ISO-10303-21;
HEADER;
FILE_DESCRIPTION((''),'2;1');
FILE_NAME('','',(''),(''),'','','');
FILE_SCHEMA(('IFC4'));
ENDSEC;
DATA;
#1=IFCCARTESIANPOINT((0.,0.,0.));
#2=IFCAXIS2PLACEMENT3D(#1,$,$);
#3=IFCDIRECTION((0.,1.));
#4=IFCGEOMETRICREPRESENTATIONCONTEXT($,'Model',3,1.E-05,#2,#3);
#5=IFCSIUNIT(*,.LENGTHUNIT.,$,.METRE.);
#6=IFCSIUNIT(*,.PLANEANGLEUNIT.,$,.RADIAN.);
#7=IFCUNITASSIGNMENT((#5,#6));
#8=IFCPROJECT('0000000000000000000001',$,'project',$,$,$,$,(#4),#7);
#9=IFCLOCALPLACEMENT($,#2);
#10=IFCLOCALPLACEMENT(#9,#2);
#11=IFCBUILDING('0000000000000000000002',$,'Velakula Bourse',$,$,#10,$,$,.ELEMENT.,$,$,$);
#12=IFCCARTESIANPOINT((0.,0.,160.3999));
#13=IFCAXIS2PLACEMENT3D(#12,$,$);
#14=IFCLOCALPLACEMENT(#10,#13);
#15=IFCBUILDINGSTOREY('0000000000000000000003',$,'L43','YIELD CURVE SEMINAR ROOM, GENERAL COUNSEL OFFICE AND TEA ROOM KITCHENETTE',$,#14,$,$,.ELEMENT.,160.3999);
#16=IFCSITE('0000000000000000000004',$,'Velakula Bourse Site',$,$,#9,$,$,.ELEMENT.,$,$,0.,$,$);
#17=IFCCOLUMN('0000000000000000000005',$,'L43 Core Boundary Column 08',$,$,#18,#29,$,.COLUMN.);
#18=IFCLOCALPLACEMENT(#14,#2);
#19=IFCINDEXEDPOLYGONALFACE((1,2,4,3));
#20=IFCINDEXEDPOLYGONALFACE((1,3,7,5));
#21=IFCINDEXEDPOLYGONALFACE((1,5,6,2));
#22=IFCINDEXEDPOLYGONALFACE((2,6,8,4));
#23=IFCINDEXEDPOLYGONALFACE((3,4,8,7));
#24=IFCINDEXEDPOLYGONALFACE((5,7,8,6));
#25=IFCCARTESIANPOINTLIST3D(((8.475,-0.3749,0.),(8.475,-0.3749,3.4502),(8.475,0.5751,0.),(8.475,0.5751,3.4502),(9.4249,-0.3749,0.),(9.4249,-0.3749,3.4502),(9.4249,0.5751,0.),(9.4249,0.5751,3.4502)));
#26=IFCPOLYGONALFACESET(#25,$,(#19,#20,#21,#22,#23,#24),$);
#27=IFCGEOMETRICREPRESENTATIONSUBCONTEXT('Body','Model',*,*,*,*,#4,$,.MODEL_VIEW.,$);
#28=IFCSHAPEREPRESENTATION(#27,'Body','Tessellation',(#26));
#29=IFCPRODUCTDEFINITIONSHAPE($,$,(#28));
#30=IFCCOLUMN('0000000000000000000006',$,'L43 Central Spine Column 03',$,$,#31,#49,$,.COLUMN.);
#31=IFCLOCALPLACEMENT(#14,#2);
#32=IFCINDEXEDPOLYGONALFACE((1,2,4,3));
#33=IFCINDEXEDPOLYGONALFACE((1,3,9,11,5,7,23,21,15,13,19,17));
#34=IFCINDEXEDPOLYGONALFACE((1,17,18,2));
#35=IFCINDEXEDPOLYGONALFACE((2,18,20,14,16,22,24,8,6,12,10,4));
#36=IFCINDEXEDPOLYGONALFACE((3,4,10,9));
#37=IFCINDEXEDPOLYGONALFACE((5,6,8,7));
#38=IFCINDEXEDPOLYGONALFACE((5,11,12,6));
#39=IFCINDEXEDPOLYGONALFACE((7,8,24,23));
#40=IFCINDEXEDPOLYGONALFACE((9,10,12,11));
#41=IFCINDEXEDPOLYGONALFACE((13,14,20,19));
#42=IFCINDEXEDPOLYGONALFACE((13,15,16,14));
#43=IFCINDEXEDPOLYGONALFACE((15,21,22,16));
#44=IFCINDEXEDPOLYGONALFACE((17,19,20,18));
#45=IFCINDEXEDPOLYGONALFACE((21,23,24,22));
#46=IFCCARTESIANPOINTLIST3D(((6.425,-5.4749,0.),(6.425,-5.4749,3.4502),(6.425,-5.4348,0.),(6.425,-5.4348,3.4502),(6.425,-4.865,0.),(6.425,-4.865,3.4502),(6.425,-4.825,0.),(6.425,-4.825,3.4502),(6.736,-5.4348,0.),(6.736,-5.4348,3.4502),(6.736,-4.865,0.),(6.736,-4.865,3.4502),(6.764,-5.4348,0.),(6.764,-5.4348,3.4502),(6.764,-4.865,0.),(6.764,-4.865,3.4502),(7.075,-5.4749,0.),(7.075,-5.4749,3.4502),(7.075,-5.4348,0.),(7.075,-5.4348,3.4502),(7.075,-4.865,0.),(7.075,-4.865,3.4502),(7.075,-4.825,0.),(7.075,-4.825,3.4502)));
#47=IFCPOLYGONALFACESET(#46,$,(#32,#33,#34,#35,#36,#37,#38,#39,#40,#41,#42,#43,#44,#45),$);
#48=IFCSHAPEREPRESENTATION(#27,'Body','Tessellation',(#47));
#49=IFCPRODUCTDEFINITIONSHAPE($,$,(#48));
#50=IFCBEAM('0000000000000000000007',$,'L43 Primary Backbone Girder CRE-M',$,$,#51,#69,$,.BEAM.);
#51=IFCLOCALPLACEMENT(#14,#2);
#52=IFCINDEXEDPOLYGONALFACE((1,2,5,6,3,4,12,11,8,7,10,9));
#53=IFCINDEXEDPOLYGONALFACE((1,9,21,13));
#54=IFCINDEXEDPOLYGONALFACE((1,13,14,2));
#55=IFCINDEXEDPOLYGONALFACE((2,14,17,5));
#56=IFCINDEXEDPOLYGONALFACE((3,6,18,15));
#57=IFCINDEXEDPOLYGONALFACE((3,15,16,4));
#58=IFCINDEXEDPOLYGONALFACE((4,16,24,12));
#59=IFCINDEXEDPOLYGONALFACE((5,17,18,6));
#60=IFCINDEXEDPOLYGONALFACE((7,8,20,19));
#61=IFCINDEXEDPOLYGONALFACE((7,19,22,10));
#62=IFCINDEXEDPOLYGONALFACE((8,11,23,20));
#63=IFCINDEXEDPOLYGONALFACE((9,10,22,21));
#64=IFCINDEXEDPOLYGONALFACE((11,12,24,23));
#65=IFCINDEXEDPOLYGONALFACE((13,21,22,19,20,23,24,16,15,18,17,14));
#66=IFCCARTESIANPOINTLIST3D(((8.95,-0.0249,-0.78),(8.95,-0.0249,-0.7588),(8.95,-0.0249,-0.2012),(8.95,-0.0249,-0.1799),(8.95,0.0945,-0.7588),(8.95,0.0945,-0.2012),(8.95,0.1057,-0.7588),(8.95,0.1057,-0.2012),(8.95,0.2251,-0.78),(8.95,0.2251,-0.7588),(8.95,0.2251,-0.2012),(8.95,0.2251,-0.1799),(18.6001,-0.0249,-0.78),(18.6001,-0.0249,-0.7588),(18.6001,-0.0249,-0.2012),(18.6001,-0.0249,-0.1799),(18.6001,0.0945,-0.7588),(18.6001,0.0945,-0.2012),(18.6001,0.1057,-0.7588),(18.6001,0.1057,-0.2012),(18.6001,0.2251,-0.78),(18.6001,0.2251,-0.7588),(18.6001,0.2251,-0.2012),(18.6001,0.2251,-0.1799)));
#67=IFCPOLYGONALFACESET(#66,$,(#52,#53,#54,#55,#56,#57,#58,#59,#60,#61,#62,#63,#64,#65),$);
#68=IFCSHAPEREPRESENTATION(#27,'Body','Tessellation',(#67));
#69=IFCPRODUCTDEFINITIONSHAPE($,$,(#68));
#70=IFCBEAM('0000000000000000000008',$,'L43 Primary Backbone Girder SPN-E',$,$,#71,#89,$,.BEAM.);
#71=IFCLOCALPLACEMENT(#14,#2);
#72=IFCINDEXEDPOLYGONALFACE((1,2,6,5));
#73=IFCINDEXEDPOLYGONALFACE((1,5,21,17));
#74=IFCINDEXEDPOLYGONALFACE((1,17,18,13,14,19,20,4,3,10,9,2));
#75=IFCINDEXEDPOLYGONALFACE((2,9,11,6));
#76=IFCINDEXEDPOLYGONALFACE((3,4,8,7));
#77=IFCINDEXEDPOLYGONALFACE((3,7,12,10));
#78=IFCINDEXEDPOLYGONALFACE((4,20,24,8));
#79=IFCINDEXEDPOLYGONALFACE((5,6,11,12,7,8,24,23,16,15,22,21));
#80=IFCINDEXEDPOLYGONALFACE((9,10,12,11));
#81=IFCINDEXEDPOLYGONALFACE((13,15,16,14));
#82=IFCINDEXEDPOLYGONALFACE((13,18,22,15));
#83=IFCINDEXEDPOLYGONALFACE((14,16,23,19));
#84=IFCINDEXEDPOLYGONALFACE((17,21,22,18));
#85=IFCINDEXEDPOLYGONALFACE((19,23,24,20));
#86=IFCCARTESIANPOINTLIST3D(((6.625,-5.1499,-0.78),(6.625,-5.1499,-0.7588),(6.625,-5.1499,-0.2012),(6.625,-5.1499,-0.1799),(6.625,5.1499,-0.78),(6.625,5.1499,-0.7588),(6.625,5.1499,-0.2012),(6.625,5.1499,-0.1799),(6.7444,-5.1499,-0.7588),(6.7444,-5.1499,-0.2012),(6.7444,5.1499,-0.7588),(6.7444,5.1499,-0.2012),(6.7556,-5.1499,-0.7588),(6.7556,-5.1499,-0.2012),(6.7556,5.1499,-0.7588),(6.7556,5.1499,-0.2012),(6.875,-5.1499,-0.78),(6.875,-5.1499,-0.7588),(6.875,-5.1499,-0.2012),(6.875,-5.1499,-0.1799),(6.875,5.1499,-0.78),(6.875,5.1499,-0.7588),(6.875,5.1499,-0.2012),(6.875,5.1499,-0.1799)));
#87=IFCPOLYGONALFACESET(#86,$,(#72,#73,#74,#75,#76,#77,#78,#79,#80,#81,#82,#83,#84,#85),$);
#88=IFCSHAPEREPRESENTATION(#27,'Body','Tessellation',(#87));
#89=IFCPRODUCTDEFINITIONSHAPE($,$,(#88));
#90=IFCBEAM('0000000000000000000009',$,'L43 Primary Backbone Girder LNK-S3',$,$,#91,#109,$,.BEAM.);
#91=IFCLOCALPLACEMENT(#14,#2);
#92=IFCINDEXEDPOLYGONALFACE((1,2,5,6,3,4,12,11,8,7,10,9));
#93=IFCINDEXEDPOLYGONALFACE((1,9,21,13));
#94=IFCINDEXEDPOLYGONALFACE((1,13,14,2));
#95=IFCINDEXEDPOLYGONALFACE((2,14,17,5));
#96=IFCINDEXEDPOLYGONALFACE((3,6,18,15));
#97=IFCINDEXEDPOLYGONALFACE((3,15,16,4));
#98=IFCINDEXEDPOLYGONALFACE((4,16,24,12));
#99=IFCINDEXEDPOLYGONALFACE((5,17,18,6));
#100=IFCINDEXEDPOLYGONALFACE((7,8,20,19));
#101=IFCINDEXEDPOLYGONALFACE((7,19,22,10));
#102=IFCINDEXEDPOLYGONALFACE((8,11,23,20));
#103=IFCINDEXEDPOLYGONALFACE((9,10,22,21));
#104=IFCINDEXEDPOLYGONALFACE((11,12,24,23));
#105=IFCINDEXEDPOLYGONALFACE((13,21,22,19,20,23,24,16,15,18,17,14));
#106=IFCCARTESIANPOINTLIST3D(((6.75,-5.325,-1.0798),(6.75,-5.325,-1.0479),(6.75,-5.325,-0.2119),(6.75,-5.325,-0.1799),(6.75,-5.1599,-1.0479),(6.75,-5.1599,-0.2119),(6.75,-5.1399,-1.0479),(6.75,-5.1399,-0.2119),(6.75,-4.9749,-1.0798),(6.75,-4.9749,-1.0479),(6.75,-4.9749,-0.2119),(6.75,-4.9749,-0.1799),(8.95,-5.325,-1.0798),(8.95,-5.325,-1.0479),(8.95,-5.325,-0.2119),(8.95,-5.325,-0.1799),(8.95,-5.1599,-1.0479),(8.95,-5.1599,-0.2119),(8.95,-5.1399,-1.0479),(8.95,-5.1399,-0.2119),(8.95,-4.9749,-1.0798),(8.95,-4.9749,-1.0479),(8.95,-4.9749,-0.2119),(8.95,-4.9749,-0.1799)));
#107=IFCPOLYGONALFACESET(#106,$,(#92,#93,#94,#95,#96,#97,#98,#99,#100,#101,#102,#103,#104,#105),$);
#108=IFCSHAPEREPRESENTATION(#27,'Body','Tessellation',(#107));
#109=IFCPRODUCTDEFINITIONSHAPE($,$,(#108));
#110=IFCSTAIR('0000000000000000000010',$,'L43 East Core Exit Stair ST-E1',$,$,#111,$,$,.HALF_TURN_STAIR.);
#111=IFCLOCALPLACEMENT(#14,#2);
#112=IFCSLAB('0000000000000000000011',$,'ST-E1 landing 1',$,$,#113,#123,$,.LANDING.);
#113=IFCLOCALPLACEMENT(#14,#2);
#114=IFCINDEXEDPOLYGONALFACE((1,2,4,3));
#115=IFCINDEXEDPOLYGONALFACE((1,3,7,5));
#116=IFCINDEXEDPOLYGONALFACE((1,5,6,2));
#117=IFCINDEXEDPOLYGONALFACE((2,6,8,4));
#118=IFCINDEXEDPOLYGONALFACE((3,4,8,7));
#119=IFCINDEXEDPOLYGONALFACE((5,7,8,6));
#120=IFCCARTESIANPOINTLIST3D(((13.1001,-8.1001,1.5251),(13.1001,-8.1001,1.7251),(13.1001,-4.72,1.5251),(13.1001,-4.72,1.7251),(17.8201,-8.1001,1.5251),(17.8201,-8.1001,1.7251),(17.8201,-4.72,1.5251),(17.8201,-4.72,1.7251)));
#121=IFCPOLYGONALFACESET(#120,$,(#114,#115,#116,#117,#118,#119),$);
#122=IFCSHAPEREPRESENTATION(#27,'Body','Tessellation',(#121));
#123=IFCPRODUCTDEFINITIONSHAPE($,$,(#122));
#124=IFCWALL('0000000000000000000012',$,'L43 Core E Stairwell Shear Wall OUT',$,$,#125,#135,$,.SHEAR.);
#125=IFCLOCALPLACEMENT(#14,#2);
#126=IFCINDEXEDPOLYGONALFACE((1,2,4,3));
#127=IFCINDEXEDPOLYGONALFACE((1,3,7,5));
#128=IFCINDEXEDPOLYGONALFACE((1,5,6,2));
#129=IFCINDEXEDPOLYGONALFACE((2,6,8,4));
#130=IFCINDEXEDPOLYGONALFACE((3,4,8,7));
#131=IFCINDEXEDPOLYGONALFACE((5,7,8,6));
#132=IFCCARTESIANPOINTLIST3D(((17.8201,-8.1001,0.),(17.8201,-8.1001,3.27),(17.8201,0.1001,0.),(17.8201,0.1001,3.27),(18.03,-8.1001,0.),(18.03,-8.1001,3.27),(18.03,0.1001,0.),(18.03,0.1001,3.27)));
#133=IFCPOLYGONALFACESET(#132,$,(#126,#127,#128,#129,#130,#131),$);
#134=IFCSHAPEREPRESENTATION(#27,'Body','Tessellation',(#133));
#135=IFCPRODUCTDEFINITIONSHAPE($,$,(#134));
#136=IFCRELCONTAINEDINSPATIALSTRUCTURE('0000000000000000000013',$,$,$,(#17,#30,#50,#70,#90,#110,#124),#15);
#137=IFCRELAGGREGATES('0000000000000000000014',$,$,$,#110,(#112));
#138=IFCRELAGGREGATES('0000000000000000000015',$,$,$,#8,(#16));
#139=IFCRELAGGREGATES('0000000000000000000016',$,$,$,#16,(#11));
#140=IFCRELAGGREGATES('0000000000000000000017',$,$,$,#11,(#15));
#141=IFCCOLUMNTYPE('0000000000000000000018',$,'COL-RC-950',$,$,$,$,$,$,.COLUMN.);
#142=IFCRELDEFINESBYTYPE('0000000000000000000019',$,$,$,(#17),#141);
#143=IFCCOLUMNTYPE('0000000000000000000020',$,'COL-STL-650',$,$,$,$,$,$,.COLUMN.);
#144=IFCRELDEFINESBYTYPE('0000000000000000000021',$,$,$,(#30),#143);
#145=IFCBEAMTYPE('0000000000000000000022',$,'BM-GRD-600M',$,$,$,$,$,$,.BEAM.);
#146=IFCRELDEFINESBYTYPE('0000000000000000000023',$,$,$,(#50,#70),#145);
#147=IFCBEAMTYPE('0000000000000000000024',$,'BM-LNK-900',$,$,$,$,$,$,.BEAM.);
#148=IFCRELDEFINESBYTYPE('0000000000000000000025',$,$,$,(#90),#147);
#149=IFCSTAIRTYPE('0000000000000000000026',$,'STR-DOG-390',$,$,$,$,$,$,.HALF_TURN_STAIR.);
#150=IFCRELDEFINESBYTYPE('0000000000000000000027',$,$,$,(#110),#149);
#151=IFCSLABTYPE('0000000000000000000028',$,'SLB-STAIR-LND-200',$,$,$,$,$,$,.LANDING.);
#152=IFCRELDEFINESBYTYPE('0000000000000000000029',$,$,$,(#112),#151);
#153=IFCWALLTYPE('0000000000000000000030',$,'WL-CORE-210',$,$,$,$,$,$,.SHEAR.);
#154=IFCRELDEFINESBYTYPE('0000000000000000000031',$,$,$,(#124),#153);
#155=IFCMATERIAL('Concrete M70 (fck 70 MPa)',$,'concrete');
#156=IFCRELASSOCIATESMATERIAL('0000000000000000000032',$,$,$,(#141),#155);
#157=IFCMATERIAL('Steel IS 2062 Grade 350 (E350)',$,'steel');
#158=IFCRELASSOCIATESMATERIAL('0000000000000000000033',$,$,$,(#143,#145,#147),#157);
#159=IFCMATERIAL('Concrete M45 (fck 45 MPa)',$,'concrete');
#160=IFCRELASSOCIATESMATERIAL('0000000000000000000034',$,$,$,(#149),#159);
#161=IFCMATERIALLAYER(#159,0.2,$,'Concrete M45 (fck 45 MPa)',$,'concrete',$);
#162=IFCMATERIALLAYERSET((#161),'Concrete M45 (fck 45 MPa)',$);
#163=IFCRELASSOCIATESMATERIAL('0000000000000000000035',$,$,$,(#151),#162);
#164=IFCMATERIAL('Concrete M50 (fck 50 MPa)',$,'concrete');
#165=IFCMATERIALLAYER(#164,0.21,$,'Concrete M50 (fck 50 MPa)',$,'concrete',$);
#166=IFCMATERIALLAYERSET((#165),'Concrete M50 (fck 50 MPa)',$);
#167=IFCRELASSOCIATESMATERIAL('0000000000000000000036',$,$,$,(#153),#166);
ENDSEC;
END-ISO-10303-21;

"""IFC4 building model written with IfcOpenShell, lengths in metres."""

from ifc_helpers import new_model, si_unit, direction, frame, frame_2d, origin, origin_2d, place, context, subcontext, project, spatial, polyline, rectangle, i_section, outline, extrude, material, layer, layer_set, material_profile, profile_set, type_object, element, aggregate, save


model = new_model("IFC4")

# Units and contexts
model_context = context("Model", 3, precision=1e-05, world=origin(), true_north=direction((0.0, 1.0)))
body_context = subcontext(model_context, "Body", "Model", "MODEL_VIEW")
ifc_project = project(units=[si_unit("LENGTHUNIT", "METRE"), si_unit("PLANEANGLEUNIT", "RADIAN")], contexts=[model_context])

# Site, building, storey
site_placement = place(None, origin())
site = spatial("IfcSite", under=ifc_project, at=site_placement, Name="Velakula Bourse Site", CompositionType="ELEMENT", RefElevation=0.0)
building_placement = place(site_placement, origin())
building = spatial("IfcBuilding", under=site, at=building_placement, Name="Velakula Bourse", CompositionType="ELEMENT")
storey_placement = place(building_placement, frame((0.0, 0.0, 160.3999)))
storey = spatial("IfcBuildingStorey", under=building, at=storey_placement, Name="L43", Description="YIELD CURVE SEMINAR ROOM, GENERAL COUNSEL OFFICE AND TEA ROOM KITCHENETTE", CompositionType="ELEMENT", Elevation=160.3999)

# Columns
ifc_material_1 = material(Name="Concrete M70 (fck 70 MPa)", Category="concrete")
ifc_material_profile_1 = material_profile(ifc_material_1, rectangle(XDim=0.95, YDim=0.95, at=origin_2d()), Name="Concrete M70 (fck 70 MPa)")
ifc_profile_set_1 = profile_set([ifc_material_profile_1], Name="Concrete M70 (fck 70 MPa)")
column_type_1 = type_object("IfcColumnType", Name="COL-RC-950", PredefinedType="COLUMN", material=ifc_profile_set_1)
column_1_placement = place(storey_placement, frame((8.95, 0.1001, 0.0), z_axis=(0.0, 0.0, 1.0), x_axis=(1.0, 0.0, 0.0)))
element("IfcColumn", 1, at=column_1_placement, inside=storey, type_object=column_type_1, Name="L43 Core Boundary Column 08", PredefinedType="COLUMN", context=body_context, shape_type="SweptSolid", body=[
    extrude(rectangle(XDim=0.95, YDim=0.95, at=origin_2d()), origin(), (0.0, 0.0, 1.0), 3.4502),
])
ifc_material_2 = material(Name="Steel IS 2062 Grade 350 (E350)", Category="steel")
ifc_material_profile_2 = material_profile(ifc_material_2, i_section(OverallWidth=0.6499, OverallDepth=0.6499, WebThickness=0.0281, FlangeThickness=0.04, at=origin_2d()), Name="Steel IS 2062 Grade 350 (E350)")
ifc_profile_set_2 = profile_set([ifc_material_profile_2], Name="Steel IS 2062 Grade 350 (E350)")
column_type_2 = type_object("IfcColumnType", Name="COL-STL-650", PredefinedType="COLUMN", material=ifc_profile_set_2)
column_2_placement = place(storey_placement, frame((6.75, -5.1499, 0.0), z_axis=(0.0, 0.0, 1.0), x_axis=(1.0, 0.0, 0.0)))
element("IfcColumn", 2, at=column_2_placement, inside=storey, type_object=column_type_2, Name="L43 Central Spine Column 03", PredefinedType="COLUMN", context=body_context, shape_type="SweptSolid", body=[
    extrude(i_section(OverallWidth=0.6499, OverallDepth=0.6499, WebThickness=0.0281, FlangeThickness=0.04, at=origin_2d()), origin(), (0.0, 0.0, 1.0), 3.4502),
])

# Beams
ifc_material_profile_3 = material_profile(ifc_material_2, i_section(OverallWidth=0.25, OverallDepth=0.6001, WebThickness=0.0112, FlangeThickness=0.0212, at=origin_2d()), Name="Steel IS 2062 Grade 350 (E350)")
ifc_profile_set_3 = profile_set([ifc_material_profile_3], Name="Steel IS 2062 Grade 350 (E350)")
beam_type_1 = type_object("IfcBeamType", Name="BM-GRD-600M", PredefinedType="BEAM", material=ifc_profile_set_3)
beam_1_placement = place(storey_placement, frame((8.95, 0.1001, -0.48), z_axis=(1.0, 0.0, 0.0), x_axis=(0.0, 1.0, 0.0)))
element("IfcBeam", 3, at=beam_1_placement, inside=storey, type_object=beam_type_1, Name="L43 Primary Backbone Girder CRE-M", PredefinedType="BEAM", context=body_context, shape_type="SweptSolid", body=[
    extrude(i_section(OverallWidth=0.25, OverallDepth=0.6001, WebThickness=0.0112, FlangeThickness=0.0212, at=origin_2d()), origin(), (0.0, 0.0, 1.0), 9.6501),
])
beam_2_placement = place(storey_placement, frame((6.75, -5.1499, -0.48), z_axis=(0.0, 1.0, 0.0), x_axis=(-1.0, 0.0, 0.0)))
element("IfcBeam", 4, at=beam_2_placement, inside=storey, type_object=beam_type_1, Name="L43 Primary Backbone Girder SPN-E", PredefinedType="BEAM", context=body_context, shape_type="SweptSolid", body=[
    extrude(i_section(OverallWidth=0.25, OverallDepth=0.6001, WebThickness=0.0112, FlangeThickness=0.0212, at=origin_2d()), origin(), (0.0, 0.0, 1.0), 10.2998),
])
ifc_material_profile_4 = material_profile(ifc_material_2, i_section(OverallWidth=0.3501, OverallDepth=0.8999, WebThickness=0.02, FlangeThickness=0.032, at=origin_2d()), Name="Steel IS 2062 Grade 350 (E350)")
ifc_profile_set_4 = profile_set([ifc_material_profile_4], Name="Steel IS 2062 Grade 350 (E350)")
beam_type_2 = type_object("IfcBeamType", Name="BM-LNK-900", PredefinedType="BEAM", material=ifc_profile_set_4)
beam_3_placement = place(storey_placement, frame((6.75, -5.1499, -0.6299), z_axis=(1.0, 0.0, 0.0), x_axis=(0.0, 1.0, 0.0)))
element("IfcBeam", 5, at=beam_3_placement, inside=storey, type_object=beam_type_2, Name="L43 Primary Backbone Girder LNK-S3", PredefinedType="BEAM", context=body_context, shape_type="SweptSolid", body=[
    extrude(i_section(OverallWidth=0.3501, OverallDepth=0.8999, WebThickness=0.02, FlangeThickness=0.032, at=origin_2d()), origin(), (0.0, 0.0, 1.0), 2.2),
])

# Stair, slab
ifc_material_3 = material(Name="Concrete M45 (fck 45 MPa)", Category="concrete")
stair_type = type_object("IfcStairType", Name="STR-DOG-390", PredefinedType="HALF_TURN_STAIR", material=ifc_material_3)
stair_placement = place(storey_placement, origin())
stair = element("IfcStair", 6, at=stair_placement, inside=storey, type_object=stair_type, Name="L43 East Core Exit Stair ST-E1", PredefinedType="HALF_TURN_STAIR")
ifc_layer_1 = layer(ifc_material_3, 0.2, Name="Concrete M45 (fck 45 MPa)", Category="concrete")
ifc_layer_set_1 = layer_set([ifc_layer_1], Name="Concrete M45 (fck 45 MPa)")
slab_type = type_object("IfcSlabType", Name="SLB-STAIR-LND-200", PredefinedType="LANDING", material=ifc_layer_set_1)
slab_placement = place(storey_placement, frame((0.0, 0.0, 1.5251)))
slab = element("IfcSlab", 7, at=slab_placement, type_object=slab_type, Name="ST-E1 landing 1", PredefinedType="LANDING", context=body_context, shape_type="SweptSolid", body=[
    extrude(outline(polyline([(13.1001, -4.72), (13.1001, -8.1001), (17.8201, -8.1001), (17.8201, -4.72), (13.1001, -4.72)])), origin(), (0.0, 0.0, 1.0), 0.2),
])

# Wall
ifc_material_4 = material(Name="Concrete M50 (fck 50 MPa)", Category="concrete")
ifc_layer_2 = layer(ifc_material_4, 0.21, Name="Concrete M50 (fck 50 MPa)", Category="concrete")
ifc_layer_set_2 = layer_set([ifc_layer_2], Name="Concrete M50 (fck 50 MPa)")
wall_type_1 = type_object("IfcWallType", Name="WL-CORE-210", PredefinedType="SHEAR", material=ifc_layer_set_2)
wall_1_placement = place(storey_placement, frame((17.925, -8.1001, 0.0), z_axis=(0.0, 0.0, 1.0), x_axis=(0.0, 1.0, 0.0)))
element("IfcWall", 8, at=wall_1_placement, inside=storey, type_object=wall_type_1, Name="L43 Core E Stairwell Shear Wall OUT", PredefinedType="SHEAR", context=body_context, shape_type="SweptSolid", body=[
    extrude(rectangle(XDim=8.2002, YDim=0.21, at=frame_2d((4.1001, 0.0))), origin(), (0.0, 0.0, 1.0), 3.27),
])

aggregate(stair, [slab])

save(model, "model.ifc")
